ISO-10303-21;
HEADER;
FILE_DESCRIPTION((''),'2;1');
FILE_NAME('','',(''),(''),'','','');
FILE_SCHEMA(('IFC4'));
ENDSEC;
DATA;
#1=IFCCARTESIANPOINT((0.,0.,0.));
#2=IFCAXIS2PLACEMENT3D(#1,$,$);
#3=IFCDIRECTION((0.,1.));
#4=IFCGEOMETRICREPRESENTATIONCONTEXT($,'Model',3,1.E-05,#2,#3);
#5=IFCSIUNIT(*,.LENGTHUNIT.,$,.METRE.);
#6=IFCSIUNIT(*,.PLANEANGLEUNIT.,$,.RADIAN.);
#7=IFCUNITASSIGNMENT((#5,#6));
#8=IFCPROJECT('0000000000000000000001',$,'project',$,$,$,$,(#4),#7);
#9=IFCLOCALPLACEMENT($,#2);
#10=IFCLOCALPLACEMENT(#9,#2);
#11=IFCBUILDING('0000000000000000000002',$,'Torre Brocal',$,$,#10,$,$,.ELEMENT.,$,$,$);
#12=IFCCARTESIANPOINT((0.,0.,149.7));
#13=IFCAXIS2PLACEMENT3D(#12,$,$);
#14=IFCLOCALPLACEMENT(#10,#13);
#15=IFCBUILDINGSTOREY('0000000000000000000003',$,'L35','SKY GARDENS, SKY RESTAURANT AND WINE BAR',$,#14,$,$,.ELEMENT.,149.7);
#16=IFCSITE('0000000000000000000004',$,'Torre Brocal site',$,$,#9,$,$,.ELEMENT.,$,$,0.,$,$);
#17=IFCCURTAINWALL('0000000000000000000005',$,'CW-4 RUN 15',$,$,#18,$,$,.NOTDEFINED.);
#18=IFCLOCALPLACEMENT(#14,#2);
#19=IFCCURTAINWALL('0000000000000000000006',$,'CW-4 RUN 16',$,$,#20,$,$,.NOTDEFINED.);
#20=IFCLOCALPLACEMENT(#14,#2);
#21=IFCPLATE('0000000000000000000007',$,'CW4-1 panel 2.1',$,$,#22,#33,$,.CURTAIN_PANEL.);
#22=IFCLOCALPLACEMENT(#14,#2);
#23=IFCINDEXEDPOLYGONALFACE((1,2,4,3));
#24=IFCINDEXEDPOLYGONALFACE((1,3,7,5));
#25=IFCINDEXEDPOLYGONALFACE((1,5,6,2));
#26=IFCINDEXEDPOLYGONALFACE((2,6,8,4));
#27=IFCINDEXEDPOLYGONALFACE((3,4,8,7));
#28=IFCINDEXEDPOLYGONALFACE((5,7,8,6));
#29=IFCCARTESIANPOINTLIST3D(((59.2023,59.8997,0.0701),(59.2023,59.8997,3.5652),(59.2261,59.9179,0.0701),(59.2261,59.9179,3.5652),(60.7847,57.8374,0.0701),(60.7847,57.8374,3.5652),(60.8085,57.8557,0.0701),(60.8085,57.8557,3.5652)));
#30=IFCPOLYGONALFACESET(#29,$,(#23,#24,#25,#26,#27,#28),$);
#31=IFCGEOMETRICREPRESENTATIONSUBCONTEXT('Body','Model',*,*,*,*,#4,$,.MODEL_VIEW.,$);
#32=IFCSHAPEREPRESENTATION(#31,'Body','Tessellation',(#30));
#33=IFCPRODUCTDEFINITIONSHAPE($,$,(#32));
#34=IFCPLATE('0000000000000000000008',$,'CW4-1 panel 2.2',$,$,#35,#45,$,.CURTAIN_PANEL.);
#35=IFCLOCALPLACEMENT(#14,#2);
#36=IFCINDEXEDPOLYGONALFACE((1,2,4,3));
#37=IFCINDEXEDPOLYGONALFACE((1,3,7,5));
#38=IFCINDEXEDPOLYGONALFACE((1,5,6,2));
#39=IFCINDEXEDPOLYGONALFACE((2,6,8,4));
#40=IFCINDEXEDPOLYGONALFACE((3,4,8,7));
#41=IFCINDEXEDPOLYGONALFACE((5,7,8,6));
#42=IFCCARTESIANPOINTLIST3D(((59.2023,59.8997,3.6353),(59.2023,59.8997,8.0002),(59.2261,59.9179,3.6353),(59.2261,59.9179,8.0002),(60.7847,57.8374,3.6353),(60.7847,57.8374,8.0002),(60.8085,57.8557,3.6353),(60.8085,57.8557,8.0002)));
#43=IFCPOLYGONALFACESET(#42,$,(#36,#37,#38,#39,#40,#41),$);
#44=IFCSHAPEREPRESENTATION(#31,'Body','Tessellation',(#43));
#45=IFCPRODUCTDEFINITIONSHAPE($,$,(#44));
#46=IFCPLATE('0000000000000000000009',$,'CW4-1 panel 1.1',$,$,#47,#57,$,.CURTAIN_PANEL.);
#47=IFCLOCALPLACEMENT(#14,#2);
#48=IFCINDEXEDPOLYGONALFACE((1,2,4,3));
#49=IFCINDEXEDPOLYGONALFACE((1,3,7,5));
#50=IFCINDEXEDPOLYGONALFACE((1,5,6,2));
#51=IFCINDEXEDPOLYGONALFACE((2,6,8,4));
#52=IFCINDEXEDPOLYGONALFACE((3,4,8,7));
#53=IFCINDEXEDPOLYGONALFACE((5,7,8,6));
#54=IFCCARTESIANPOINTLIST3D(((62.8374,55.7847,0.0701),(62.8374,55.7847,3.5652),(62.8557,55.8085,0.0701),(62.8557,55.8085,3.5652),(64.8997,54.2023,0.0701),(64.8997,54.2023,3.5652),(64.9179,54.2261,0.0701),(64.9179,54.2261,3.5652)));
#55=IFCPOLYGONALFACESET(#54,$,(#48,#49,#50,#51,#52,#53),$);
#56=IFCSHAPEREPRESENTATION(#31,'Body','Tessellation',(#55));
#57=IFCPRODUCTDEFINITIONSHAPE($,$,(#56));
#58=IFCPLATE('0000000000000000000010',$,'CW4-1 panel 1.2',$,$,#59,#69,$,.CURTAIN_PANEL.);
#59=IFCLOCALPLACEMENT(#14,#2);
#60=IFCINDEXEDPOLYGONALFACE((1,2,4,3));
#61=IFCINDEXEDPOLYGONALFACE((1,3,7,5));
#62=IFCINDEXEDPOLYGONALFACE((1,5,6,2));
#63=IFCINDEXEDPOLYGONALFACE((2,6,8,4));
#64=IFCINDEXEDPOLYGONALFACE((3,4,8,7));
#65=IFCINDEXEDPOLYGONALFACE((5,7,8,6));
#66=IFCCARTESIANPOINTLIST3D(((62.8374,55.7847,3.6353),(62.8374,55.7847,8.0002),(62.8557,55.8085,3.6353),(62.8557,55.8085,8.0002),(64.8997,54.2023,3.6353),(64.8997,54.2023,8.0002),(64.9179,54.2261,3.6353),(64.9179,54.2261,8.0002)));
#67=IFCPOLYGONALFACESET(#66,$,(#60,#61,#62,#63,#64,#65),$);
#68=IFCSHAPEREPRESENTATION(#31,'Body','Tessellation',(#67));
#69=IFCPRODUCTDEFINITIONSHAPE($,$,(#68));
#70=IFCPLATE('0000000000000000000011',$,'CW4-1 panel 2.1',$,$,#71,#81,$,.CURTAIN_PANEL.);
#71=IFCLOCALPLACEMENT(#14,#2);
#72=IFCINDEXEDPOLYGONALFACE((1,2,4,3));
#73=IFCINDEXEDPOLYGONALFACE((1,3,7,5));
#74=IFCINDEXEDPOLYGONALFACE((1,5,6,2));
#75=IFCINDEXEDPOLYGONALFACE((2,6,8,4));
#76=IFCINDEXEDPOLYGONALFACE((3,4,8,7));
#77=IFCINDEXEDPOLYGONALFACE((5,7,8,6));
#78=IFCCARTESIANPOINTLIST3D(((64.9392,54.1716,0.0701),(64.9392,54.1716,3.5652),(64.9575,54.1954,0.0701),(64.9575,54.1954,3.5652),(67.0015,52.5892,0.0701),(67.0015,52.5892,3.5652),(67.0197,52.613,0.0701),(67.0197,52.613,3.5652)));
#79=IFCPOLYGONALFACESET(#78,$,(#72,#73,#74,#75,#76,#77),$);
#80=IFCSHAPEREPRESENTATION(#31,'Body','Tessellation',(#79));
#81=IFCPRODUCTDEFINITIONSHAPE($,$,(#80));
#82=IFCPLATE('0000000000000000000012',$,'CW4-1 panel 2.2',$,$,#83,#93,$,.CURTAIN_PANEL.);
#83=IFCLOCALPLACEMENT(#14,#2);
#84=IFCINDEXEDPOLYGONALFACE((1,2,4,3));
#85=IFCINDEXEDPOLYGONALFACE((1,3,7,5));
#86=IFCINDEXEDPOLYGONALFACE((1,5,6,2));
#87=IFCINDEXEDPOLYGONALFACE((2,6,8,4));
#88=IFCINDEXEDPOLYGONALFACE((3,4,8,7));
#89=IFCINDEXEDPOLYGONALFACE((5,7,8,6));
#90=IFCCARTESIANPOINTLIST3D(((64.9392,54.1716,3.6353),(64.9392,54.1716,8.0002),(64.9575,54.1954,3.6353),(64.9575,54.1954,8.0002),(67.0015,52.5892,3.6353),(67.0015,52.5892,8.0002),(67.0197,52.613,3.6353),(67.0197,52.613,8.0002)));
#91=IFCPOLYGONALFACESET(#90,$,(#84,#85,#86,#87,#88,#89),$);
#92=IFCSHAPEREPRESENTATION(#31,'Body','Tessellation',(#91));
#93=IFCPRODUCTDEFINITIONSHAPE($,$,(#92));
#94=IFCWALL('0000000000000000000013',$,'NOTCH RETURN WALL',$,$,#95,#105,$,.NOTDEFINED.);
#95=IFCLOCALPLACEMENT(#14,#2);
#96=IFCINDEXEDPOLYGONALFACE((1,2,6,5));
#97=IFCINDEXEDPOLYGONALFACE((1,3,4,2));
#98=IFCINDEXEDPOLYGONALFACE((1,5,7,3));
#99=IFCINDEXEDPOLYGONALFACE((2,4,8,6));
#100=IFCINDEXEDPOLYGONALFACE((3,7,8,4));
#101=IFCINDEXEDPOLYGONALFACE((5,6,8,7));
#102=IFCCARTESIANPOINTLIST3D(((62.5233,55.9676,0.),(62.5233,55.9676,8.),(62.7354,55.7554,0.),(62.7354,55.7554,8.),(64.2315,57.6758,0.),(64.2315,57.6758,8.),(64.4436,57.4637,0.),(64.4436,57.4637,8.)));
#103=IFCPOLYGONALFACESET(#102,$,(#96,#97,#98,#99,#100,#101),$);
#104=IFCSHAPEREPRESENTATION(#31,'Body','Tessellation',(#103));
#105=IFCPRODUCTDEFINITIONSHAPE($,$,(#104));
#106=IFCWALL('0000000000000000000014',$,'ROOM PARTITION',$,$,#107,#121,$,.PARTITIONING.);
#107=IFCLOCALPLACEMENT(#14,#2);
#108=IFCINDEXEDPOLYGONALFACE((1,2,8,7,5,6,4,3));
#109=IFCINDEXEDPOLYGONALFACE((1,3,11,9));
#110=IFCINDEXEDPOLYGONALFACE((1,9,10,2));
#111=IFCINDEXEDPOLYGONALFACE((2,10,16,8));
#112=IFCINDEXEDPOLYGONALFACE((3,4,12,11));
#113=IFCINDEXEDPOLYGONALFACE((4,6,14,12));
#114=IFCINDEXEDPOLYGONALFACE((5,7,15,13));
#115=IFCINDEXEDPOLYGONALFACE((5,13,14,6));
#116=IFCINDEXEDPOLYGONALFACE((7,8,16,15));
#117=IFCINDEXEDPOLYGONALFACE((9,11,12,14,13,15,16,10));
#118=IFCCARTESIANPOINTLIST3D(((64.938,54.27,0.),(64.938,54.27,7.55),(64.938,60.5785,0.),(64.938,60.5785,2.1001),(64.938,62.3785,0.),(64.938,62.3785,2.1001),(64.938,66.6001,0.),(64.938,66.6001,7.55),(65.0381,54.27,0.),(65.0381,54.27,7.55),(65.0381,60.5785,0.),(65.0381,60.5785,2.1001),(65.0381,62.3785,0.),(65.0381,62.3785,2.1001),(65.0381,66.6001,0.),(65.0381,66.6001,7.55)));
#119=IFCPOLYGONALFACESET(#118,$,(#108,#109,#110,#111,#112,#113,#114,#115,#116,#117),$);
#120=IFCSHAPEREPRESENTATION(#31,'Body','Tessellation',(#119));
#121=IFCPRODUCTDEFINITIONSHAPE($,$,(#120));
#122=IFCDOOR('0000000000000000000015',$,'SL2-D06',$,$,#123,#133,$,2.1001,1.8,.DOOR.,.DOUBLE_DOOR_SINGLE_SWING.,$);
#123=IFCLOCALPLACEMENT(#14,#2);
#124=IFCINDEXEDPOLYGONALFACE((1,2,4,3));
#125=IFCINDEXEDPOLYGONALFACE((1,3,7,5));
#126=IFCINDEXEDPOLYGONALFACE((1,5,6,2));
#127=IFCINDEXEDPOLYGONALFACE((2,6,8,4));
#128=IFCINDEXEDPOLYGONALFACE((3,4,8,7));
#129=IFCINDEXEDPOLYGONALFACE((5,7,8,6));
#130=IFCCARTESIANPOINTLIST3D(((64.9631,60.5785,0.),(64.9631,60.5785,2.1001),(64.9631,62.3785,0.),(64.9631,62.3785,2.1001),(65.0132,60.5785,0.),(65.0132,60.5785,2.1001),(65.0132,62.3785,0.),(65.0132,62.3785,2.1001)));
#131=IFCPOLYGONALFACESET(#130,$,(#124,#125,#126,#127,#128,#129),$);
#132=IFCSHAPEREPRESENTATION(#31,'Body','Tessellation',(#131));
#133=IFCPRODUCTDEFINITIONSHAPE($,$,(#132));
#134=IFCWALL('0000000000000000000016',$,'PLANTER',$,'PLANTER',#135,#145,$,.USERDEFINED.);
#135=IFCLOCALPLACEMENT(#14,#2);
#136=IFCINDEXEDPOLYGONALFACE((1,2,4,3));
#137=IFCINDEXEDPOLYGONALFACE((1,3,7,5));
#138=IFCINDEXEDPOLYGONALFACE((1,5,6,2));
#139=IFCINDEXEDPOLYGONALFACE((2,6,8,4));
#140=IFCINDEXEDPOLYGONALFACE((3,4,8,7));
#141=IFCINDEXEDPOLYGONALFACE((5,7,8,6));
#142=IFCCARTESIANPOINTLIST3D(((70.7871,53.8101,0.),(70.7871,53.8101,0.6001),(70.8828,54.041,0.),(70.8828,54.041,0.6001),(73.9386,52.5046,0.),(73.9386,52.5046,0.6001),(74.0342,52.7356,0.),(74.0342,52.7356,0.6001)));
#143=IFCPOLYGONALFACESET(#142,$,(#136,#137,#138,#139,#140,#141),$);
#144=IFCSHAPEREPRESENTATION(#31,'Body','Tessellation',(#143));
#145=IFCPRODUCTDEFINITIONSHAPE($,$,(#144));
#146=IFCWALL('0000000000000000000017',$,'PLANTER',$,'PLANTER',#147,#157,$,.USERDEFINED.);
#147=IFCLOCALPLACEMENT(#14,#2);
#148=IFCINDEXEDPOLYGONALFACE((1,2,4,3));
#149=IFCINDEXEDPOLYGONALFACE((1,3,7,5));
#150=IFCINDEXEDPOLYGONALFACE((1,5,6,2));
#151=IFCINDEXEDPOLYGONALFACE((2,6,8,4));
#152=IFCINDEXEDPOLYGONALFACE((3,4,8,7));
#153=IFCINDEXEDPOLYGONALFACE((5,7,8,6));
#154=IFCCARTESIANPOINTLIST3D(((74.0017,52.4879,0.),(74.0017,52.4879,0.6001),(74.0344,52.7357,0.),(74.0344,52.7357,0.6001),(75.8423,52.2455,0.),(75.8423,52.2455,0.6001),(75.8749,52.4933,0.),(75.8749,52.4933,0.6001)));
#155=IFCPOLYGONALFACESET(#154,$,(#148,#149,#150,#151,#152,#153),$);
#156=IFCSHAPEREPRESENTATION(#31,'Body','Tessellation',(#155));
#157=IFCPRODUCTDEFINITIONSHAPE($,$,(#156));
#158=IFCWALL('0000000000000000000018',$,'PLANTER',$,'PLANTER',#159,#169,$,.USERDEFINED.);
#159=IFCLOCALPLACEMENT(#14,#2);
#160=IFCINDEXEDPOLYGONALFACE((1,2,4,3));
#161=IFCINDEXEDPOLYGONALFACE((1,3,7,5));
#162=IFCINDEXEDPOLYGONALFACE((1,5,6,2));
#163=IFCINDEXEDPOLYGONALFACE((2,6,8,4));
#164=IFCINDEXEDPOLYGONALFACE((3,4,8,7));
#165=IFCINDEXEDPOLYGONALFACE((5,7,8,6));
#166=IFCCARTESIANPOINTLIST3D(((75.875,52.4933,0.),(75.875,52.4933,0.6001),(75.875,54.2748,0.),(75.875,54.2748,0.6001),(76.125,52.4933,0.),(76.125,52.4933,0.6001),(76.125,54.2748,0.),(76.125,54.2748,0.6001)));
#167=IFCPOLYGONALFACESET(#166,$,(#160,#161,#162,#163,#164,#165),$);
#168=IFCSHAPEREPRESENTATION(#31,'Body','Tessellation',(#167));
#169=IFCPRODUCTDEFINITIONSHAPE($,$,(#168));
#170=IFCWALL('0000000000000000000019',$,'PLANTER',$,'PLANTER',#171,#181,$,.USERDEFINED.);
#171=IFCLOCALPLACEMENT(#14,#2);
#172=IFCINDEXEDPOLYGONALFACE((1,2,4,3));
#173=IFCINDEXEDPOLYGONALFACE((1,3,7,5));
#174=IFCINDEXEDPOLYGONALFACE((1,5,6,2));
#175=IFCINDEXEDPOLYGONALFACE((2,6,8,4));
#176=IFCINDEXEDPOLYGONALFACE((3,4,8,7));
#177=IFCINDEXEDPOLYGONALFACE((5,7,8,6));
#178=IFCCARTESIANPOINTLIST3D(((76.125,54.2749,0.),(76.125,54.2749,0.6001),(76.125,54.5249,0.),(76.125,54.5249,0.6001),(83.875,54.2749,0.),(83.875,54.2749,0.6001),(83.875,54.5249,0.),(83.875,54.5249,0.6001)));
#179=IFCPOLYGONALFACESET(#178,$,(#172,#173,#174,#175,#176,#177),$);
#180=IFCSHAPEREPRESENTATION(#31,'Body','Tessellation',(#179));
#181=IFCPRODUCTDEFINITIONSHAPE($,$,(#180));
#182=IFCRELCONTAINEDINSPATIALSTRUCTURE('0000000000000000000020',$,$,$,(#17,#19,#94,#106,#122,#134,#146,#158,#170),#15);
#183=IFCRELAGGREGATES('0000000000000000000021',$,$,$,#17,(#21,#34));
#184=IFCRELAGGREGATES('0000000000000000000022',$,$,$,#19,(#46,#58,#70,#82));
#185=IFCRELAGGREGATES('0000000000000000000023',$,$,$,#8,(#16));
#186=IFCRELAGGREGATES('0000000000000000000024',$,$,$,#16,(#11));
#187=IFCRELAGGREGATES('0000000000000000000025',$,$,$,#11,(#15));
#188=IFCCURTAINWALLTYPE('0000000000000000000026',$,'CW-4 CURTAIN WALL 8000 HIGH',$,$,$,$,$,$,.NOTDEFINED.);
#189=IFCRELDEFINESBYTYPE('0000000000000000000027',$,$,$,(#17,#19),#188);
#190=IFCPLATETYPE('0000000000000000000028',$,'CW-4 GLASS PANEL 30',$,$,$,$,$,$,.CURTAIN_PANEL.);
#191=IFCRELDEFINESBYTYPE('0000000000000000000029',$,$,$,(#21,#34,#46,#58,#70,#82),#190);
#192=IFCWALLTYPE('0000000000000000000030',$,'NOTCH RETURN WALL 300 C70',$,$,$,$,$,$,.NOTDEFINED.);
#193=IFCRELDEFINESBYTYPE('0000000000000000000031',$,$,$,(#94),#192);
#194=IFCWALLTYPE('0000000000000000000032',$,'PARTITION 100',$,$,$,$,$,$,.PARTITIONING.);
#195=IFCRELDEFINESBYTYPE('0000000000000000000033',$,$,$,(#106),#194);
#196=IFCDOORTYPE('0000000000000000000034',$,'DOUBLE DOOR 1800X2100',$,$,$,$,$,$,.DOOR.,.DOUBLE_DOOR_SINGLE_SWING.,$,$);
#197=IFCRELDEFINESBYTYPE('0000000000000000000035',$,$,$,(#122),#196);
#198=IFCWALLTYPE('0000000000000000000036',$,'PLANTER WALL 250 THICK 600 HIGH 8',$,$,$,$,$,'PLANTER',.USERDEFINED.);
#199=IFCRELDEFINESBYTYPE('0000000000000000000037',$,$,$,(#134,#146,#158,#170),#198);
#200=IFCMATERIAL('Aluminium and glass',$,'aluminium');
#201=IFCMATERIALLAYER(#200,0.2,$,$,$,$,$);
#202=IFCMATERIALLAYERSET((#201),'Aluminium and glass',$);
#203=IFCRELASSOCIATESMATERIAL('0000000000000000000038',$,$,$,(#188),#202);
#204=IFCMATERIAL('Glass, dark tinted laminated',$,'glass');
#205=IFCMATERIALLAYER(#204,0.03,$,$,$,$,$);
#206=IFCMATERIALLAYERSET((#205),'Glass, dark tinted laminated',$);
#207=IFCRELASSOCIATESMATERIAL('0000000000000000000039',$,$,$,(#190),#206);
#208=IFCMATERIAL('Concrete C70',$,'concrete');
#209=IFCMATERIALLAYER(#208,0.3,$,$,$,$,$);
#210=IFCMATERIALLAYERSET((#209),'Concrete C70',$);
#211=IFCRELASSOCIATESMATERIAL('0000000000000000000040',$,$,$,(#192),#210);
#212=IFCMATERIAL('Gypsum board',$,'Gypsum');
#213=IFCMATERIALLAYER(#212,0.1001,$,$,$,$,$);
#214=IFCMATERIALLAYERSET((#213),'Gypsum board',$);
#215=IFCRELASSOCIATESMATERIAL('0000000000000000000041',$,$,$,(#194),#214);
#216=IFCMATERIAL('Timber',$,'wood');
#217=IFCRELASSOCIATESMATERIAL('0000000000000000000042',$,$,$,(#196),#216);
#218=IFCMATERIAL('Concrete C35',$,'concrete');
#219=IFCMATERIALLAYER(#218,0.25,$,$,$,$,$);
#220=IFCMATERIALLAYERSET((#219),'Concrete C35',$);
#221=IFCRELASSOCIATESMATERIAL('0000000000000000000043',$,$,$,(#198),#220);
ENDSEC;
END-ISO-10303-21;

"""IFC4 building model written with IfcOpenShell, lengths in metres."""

from ifc_helpers import new_model, si_unit, direction, frame, frame_2d, origin, origin_2d, place, context, subcontext, project, spatial, rectangle, extrude, material, layer, layer_set, type_object, element, fill, aggregate, save


model = new_model("IFC4")

# Units and contexts
model_context = context("Model", 3, precision=1e-05, world=origin(), true_north=direction((0.0, 1.0)))
body_context = subcontext(model_context, "Body", "Model", "MODEL_VIEW")
ifc_project = project(units=[si_unit("LENGTHUNIT", "METRE"), si_unit("PLANEANGLEUNIT", "RADIAN")], contexts=[model_context])

# Site, building, storey
site_placement = place(None, origin())
site = spatial("IfcSite", under=ifc_project, at=site_placement, Name="Torre Brocal site", CompositionType="ELEMENT", RefElevation=0.0)
building_placement = place(site_placement, origin())
building = spatial("IfcBuilding", under=site, at=building_placement, Name="Torre Brocal", CompositionType="ELEMENT")
storey_placement = place(building_placement, frame((0.0, 0.0, 149.7)))
storey = spatial("IfcBuildingStorey", under=building, at=storey_placement, Name="L35", Description="SKY GARDENS, SKY RESTAURANT AND WINE BAR", CompositionType="ELEMENT", Elevation=149.7)

# Curtain wall
ifc_material_1 = material(Name="Aluminium and glass", Category="aluminium")
ifc_layer_1 = layer(ifc_material_1, 0.2)
ifc_layer_set_1 = layer_set([ifc_layer_1], Name="Aluminium and glass")
curtain_wall_type = type_object("IfcCurtainWallType", Name="CW-4 CURTAIN WALL 8000 HIGH", PredefinedType="NOTDEFINED", material=ifc_layer_set_1)
curtain_wall_1_placement = place(storey_placement, origin())
curtain_wall_1 = element("IfcCurtainWall", 1, at=curtain_wall_1_placement, inside=storey, type_object=curtain_wall_type, Name="CW-4 RUN 15", PredefinedType="NOTDEFINED")

# Curtain wall
curtain_wall_2_placement = place(storey_placement, origin())
curtain_wall_2 = element("IfcCurtainWall", 2, at=curtain_wall_2_placement, inside=storey, type_object=curtain_wall_type, Name="CW-4 RUN 16", PredefinedType="NOTDEFINED")

# Plates
ifc_material_2 = material(Name="Glass, dark tinted laminated", Category="glass")
ifc_layer_2 = layer(ifc_material_2, 0.03)
ifc_layer_set_2 = layer_set([ifc_layer_2], Name="Glass, dark tinted laminated")
plate_type = type_object("IfcPlateType", Name="CW-4 GLASS PANEL 30", PredefinedType="CURTAIN_PANEL", material=ifc_layer_set_2)
plate_1_placement = place(storey_placement, frame((60.0054, 58.8777, 0.0701), z_axis=(0.0, 0.0, 1.0), x_axis=(0.608761, -0.793353, 0.0)))
plate_1 = element("IfcPlate", 3, at=plate_1_placement, type_object=plate_type, Name="CW4-1 panel 2.1", PredefinedType="CURTAIN_PANEL", context=body_context, shape_type="SweptSolid", body=[
    extrude(rectangle(XDim=2.5994, YDim=0.03, at=origin_2d()), origin(), (0.0, 0.0, 1.0), 3.4951),
])
plate_2_placement = place(storey_placement, frame((60.0054, 58.8777, 3.6353), z_axis=(0.0, 0.0, 1.0), x_axis=(0.608761, -0.793353, 0.0)))
plate_2 = element("IfcPlate", 4, at=plate_2_placement, type_object=plate_type, Name="CW4-1 panel 2.2", PredefinedType="CURTAIN_PANEL", context=body_context, shape_type="SweptSolid", body=[
    extrude(rectangle(XDim=2.5994, YDim=0.03, at=origin_2d()), origin(), (0.0, 0.0, 1.0), 4.365),
])
aggregate(curtain_wall_1, [plate_1, plate_2])
plate_3_placement = place(storey_placement, frame((63.8777, 55.0054, 0.0701), z_axis=(0.0, 0.0, 1.0), x_axis=(0.793353, -0.608761, 0.0)))
plate_3 = element("IfcPlate", 5, at=plate_3_placement, type_object=plate_type, Name="CW4-1 panel 1.1", PredefinedType="CURTAIN_PANEL", context=body_context, shape_type="SweptSolid", body=[
    extrude(rectangle(XDim=2.5994, YDim=0.03, at=origin_2d()), origin(), (0.0, 0.0, 1.0), 3.4951),
])
plate_4_placement = place(storey_placement, frame((63.8777, 55.0054, 3.6353), z_axis=(0.0, 0.0, 1.0), x_axis=(0.793353, -0.608761, 0.0)))
plate_4 = element("IfcPlate", 6, at=plate_4_placement, type_object=plate_type, Name="CW4-1 panel 1.2", PredefinedType="CURTAIN_PANEL", context=body_context, shape_type="SweptSolid", body=[
    extrude(rectangle(XDim=2.5994, YDim=0.03, at=origin_2d()), origin(), (0.0, 0.0, 1.0), 4.365),
])
plate_5_placement = place(storey_placement, frame((65.9795, 53.3923, 0.0701), z_axis=(0.0, 0.0, 1.0), x_axis=(0.793353, -0.608761, 0.0)))
plate_5 = element("IfcPlate", 7, at=plate_5_placement, type_object=plate_type, Name="CW4-1 panel 2.1", PredefinedType="CURTAIN_PANEL", context=body_context, shape_type="SweptSolid", body=[
    extrude(rectangle(XDim=2.5994, YDim=0.03, at=origin_2d()), origin(), (0.0, 0.0, 1.0), 3.4951),
])
plate_6_placement = place(storey_placement, frame((65.9795, 53.3923, 3.6353), z_axis=(0.0, 0.0, 1.0), x_axis=(0.793353, -0.608761, 0.0)))
plate_6 = element("IfcPlate", 8, at=plate_6_placement, type_object=plate_type, Name="CW4-1 panel 2.2", PredefinedType="CURTAIN_PANEL", context=body_context, shape_type="SweptSolid", body=[
    extrude(rectangle(XDim=2.5994, YDim=0.03, at=origin_2d()), origin(), (0.0, 0.0, 1.0), 4.365),
])
aggregate(curtain_wall_2, [plate_3, plate_4, plate_5, plate_6])

# Wall
ifc_material_3 = material(Name="Concrete C70", Category="concrete")
ifc_layer_3 = layer(ifc_material_3, 0.3)
ifc_layer_set_3 = layer_set([ifc_layer_3], Name="Concrete C70")
wall_type_1 = type_object("IfcWallType", Name="NOTCH RETURN WALL 300 C70", PredefinedType="NOTDEFINED", material=ifc_layer_set_3)
wall_1_placement = place(storey_placement, frame((64.3376, 57.5698, 0.0), z_axis=(0.0, 0.0, 1.0), x_axis=(-0.707107, -0.707107, 0.0)))
element("IfcWall", 9, at=wall_1_placement, inside=storey, type_object=wall_type_1, Name="NOTCH RETURN WALL", PredefinedType="NOTDEFINED", context=body_context, shape_type="SweptSolid", body=[
    extrude(rectangle(XDim=2.4158, YDim=0.3, at=frame_2d((1.208, 0.0))), origin(), (0.0, 0.0, 1.0), 8.0),
])

# Wall, opening, door
ifc_material_4 = material(Name="Gypsum board", Category="Gypsum")
ifc_layer_4 = layer(ifc_material_4, 0.1001)
ifc_layer_set_4 = layer_set([ifc_layer_4], Name="Gypsum board")
wall_type_2 = type_object("IfcWallType", Name="PARTITION 100", PredefinedType="PARTITIONING", material=ifc_layer_set_4)
wall_2_placement = place(storey_placement, frame((64.988, 54.27, 0.0), z_axis=(0.0, 0.0, 1.0), x_axis=(0.0, 1.0, 0.0)))
wall_2 = element("IfcWall", 10, at=wall_2_placement, inside=storey, type_object=wall_type_2, Name="ROOM PARTITION", PredefinedType="PARTITIONING", context=body_context, shape_type="SweptSolid", body=[
    extrude(rectangle(XDim=12.3301, YDim=0.1001, at=frame_2d((6.165, 0.0))), origin(), (0.0, 0.0, 1.0), 7.55),
])
opening_placement = place(wall_2_placement, frame((6.3086, 0.0, 0.0)))
opening = element("IfcOpeningElement", 11, at=opening_placement, cuts=wall_2, PredefinedType="OPENING", context=body_context, shape_type="SweptSolid", body=[
    extrude(rectangle(XDim=1.8, YDim=2.1001, at=frame_2d((0.8999, 1.05))), frame((0.0, 0.0601, 0.0), z_axis=(0.0, -1.0, 0.0), x_axis=(1.0, 0.0, 0.0)), (0.0, 0.0, 1.0), 0.1201),
])
ifc_material_5 = material(Name="Timber", Category="wood")
door_type = type_object("IfcDoorType", Name="DOUBLE DOOR 1800X2100", OperationType="DOUBLE_DOOR_SINGLE_SWING", PredefinedType="DOOR", material=ifc_material_5)
door_placement = place(opening_placement, origin())
door = element("IfcDoor", 12, at=door_placement, inside=storey, type_object=door_type, Name="SL2-D06", OperationType="DOUBLE_DOOR_SINGLE_SWING", OverallHeight=2.1001, OverallWidth=1.8, PredefinedType="DOOR", context=body_context, shape_type="SweptSolid", body=[
    extrude(rectangle(XDim=1.8, YDim=2.1001, at=frame_2d((0.8999, 1.05))), frame((0.0, 0.0249, 0.0), z_axis=(0.0, -1.0, 0.0), x_axis=(1.0, 0.0, 0.0)), (0.0, 0.0, 1.0), 0.05),
])
fill(opening, door)

# Walls
ifc_material_6 = material(Name="Concrete C35", Category="concrete")
ifc_layer_5 = layer(ifc_material_6, 0.25)
ifc_layer_set_5 = layer_set([ifc_layer_5], Name="Concrete C35")
wall_type_3 = type_object("IfcWallType", Name="PLANTER WALL 250 THICK 600 HIGH 8", ElementType="PLANTER", PredefinedType="USERDEFINED", material=ifc_layer_set_5)
wall_3_placement = place(storey_placement, frame((70.835, 53.9255, 0.0), z_axis=(0.0, 0.0, 1.0), x_axis=(0.923871, -0.382704, 0.0)))
element("IfcWall", 13, at=wall_3_placement, inside=storey, type_object=wall_type_3, Name="PLANTER", ObjectType="PLANTER", PredefinedType="USERDEFINED", context=body_context, shape_type="SweptSolid", body=[
    extrude(rectangle(XDim=3.4111, YDim=0.25, at=frame_2d((1.7056, 0.0))), origin(), (0.0, 0.0, 1.0), 0.6001),
])
wall_4_placement = place(storey_placement, frame((74.0181, 52.6118, 0.0), z_axis=(0.0, 0.0, 1.0), x_axis=(0.991437, -0.130587, 0.0)))
element("IfcWall", 14, at=wall_4_placement, inside=storey, type_object=wall_type_3, Name="PLANTER", ObjectType="PLANTER", PredefinedType="USERDEFINED", context=body_context, shape_type="SweptSolid", body=[
    extrude(rectangle(XDim=1.8564, YDim=0.25, at=frame_2d((0.9282, 0.0))), origin(), (0.0, 0.0, 1.0), 0.6001),
])
wall_5_placement = place(storey_placement, frame((76.0, 52.4934, 0.0), z_axis=(0.0, 0.0, 1.0), x_axis=(0.0, 1.0, 0.0)))
element("IfcWall", 15, at=wall_5_placement, inside=storey, type_object=wall_type_3, Name="PLANTER", ObjectType="PLANTER", PredefinedType="USERDEFINED", context=body_context, shape_type="SweptSolid", body=[
    extrude(rectangle(XDim=1.7815, YDim=0.25, at=frame_2d((0.8906, 0.0))), origin(), (0.0, 0.0, 1.0), 0.6001),
])
wall_6_placement = place(storey_placement, frame((76.125, 54.3999, 0.0), z_axis=(0.0, 0.0, 1.0), x_axis=(1.0, 0.0, 0.0)))
element("IfcWall", 16, at=wall_6_placement, inside=storey, type_object=wall_type_3, Name="PLANTER", ObjectType="PLANTER", PredefinedType="USERDEFINED", context=body_context, shape_type="SweptSolid", body=[
    extrude(rectangle(XDim=7.75, YDim=0.25, at=frame_2d((3.875, 0.0))), origin(), (0.0, 0.0, 1.0), 0.6001),
])

save(model, "model.ifc")
